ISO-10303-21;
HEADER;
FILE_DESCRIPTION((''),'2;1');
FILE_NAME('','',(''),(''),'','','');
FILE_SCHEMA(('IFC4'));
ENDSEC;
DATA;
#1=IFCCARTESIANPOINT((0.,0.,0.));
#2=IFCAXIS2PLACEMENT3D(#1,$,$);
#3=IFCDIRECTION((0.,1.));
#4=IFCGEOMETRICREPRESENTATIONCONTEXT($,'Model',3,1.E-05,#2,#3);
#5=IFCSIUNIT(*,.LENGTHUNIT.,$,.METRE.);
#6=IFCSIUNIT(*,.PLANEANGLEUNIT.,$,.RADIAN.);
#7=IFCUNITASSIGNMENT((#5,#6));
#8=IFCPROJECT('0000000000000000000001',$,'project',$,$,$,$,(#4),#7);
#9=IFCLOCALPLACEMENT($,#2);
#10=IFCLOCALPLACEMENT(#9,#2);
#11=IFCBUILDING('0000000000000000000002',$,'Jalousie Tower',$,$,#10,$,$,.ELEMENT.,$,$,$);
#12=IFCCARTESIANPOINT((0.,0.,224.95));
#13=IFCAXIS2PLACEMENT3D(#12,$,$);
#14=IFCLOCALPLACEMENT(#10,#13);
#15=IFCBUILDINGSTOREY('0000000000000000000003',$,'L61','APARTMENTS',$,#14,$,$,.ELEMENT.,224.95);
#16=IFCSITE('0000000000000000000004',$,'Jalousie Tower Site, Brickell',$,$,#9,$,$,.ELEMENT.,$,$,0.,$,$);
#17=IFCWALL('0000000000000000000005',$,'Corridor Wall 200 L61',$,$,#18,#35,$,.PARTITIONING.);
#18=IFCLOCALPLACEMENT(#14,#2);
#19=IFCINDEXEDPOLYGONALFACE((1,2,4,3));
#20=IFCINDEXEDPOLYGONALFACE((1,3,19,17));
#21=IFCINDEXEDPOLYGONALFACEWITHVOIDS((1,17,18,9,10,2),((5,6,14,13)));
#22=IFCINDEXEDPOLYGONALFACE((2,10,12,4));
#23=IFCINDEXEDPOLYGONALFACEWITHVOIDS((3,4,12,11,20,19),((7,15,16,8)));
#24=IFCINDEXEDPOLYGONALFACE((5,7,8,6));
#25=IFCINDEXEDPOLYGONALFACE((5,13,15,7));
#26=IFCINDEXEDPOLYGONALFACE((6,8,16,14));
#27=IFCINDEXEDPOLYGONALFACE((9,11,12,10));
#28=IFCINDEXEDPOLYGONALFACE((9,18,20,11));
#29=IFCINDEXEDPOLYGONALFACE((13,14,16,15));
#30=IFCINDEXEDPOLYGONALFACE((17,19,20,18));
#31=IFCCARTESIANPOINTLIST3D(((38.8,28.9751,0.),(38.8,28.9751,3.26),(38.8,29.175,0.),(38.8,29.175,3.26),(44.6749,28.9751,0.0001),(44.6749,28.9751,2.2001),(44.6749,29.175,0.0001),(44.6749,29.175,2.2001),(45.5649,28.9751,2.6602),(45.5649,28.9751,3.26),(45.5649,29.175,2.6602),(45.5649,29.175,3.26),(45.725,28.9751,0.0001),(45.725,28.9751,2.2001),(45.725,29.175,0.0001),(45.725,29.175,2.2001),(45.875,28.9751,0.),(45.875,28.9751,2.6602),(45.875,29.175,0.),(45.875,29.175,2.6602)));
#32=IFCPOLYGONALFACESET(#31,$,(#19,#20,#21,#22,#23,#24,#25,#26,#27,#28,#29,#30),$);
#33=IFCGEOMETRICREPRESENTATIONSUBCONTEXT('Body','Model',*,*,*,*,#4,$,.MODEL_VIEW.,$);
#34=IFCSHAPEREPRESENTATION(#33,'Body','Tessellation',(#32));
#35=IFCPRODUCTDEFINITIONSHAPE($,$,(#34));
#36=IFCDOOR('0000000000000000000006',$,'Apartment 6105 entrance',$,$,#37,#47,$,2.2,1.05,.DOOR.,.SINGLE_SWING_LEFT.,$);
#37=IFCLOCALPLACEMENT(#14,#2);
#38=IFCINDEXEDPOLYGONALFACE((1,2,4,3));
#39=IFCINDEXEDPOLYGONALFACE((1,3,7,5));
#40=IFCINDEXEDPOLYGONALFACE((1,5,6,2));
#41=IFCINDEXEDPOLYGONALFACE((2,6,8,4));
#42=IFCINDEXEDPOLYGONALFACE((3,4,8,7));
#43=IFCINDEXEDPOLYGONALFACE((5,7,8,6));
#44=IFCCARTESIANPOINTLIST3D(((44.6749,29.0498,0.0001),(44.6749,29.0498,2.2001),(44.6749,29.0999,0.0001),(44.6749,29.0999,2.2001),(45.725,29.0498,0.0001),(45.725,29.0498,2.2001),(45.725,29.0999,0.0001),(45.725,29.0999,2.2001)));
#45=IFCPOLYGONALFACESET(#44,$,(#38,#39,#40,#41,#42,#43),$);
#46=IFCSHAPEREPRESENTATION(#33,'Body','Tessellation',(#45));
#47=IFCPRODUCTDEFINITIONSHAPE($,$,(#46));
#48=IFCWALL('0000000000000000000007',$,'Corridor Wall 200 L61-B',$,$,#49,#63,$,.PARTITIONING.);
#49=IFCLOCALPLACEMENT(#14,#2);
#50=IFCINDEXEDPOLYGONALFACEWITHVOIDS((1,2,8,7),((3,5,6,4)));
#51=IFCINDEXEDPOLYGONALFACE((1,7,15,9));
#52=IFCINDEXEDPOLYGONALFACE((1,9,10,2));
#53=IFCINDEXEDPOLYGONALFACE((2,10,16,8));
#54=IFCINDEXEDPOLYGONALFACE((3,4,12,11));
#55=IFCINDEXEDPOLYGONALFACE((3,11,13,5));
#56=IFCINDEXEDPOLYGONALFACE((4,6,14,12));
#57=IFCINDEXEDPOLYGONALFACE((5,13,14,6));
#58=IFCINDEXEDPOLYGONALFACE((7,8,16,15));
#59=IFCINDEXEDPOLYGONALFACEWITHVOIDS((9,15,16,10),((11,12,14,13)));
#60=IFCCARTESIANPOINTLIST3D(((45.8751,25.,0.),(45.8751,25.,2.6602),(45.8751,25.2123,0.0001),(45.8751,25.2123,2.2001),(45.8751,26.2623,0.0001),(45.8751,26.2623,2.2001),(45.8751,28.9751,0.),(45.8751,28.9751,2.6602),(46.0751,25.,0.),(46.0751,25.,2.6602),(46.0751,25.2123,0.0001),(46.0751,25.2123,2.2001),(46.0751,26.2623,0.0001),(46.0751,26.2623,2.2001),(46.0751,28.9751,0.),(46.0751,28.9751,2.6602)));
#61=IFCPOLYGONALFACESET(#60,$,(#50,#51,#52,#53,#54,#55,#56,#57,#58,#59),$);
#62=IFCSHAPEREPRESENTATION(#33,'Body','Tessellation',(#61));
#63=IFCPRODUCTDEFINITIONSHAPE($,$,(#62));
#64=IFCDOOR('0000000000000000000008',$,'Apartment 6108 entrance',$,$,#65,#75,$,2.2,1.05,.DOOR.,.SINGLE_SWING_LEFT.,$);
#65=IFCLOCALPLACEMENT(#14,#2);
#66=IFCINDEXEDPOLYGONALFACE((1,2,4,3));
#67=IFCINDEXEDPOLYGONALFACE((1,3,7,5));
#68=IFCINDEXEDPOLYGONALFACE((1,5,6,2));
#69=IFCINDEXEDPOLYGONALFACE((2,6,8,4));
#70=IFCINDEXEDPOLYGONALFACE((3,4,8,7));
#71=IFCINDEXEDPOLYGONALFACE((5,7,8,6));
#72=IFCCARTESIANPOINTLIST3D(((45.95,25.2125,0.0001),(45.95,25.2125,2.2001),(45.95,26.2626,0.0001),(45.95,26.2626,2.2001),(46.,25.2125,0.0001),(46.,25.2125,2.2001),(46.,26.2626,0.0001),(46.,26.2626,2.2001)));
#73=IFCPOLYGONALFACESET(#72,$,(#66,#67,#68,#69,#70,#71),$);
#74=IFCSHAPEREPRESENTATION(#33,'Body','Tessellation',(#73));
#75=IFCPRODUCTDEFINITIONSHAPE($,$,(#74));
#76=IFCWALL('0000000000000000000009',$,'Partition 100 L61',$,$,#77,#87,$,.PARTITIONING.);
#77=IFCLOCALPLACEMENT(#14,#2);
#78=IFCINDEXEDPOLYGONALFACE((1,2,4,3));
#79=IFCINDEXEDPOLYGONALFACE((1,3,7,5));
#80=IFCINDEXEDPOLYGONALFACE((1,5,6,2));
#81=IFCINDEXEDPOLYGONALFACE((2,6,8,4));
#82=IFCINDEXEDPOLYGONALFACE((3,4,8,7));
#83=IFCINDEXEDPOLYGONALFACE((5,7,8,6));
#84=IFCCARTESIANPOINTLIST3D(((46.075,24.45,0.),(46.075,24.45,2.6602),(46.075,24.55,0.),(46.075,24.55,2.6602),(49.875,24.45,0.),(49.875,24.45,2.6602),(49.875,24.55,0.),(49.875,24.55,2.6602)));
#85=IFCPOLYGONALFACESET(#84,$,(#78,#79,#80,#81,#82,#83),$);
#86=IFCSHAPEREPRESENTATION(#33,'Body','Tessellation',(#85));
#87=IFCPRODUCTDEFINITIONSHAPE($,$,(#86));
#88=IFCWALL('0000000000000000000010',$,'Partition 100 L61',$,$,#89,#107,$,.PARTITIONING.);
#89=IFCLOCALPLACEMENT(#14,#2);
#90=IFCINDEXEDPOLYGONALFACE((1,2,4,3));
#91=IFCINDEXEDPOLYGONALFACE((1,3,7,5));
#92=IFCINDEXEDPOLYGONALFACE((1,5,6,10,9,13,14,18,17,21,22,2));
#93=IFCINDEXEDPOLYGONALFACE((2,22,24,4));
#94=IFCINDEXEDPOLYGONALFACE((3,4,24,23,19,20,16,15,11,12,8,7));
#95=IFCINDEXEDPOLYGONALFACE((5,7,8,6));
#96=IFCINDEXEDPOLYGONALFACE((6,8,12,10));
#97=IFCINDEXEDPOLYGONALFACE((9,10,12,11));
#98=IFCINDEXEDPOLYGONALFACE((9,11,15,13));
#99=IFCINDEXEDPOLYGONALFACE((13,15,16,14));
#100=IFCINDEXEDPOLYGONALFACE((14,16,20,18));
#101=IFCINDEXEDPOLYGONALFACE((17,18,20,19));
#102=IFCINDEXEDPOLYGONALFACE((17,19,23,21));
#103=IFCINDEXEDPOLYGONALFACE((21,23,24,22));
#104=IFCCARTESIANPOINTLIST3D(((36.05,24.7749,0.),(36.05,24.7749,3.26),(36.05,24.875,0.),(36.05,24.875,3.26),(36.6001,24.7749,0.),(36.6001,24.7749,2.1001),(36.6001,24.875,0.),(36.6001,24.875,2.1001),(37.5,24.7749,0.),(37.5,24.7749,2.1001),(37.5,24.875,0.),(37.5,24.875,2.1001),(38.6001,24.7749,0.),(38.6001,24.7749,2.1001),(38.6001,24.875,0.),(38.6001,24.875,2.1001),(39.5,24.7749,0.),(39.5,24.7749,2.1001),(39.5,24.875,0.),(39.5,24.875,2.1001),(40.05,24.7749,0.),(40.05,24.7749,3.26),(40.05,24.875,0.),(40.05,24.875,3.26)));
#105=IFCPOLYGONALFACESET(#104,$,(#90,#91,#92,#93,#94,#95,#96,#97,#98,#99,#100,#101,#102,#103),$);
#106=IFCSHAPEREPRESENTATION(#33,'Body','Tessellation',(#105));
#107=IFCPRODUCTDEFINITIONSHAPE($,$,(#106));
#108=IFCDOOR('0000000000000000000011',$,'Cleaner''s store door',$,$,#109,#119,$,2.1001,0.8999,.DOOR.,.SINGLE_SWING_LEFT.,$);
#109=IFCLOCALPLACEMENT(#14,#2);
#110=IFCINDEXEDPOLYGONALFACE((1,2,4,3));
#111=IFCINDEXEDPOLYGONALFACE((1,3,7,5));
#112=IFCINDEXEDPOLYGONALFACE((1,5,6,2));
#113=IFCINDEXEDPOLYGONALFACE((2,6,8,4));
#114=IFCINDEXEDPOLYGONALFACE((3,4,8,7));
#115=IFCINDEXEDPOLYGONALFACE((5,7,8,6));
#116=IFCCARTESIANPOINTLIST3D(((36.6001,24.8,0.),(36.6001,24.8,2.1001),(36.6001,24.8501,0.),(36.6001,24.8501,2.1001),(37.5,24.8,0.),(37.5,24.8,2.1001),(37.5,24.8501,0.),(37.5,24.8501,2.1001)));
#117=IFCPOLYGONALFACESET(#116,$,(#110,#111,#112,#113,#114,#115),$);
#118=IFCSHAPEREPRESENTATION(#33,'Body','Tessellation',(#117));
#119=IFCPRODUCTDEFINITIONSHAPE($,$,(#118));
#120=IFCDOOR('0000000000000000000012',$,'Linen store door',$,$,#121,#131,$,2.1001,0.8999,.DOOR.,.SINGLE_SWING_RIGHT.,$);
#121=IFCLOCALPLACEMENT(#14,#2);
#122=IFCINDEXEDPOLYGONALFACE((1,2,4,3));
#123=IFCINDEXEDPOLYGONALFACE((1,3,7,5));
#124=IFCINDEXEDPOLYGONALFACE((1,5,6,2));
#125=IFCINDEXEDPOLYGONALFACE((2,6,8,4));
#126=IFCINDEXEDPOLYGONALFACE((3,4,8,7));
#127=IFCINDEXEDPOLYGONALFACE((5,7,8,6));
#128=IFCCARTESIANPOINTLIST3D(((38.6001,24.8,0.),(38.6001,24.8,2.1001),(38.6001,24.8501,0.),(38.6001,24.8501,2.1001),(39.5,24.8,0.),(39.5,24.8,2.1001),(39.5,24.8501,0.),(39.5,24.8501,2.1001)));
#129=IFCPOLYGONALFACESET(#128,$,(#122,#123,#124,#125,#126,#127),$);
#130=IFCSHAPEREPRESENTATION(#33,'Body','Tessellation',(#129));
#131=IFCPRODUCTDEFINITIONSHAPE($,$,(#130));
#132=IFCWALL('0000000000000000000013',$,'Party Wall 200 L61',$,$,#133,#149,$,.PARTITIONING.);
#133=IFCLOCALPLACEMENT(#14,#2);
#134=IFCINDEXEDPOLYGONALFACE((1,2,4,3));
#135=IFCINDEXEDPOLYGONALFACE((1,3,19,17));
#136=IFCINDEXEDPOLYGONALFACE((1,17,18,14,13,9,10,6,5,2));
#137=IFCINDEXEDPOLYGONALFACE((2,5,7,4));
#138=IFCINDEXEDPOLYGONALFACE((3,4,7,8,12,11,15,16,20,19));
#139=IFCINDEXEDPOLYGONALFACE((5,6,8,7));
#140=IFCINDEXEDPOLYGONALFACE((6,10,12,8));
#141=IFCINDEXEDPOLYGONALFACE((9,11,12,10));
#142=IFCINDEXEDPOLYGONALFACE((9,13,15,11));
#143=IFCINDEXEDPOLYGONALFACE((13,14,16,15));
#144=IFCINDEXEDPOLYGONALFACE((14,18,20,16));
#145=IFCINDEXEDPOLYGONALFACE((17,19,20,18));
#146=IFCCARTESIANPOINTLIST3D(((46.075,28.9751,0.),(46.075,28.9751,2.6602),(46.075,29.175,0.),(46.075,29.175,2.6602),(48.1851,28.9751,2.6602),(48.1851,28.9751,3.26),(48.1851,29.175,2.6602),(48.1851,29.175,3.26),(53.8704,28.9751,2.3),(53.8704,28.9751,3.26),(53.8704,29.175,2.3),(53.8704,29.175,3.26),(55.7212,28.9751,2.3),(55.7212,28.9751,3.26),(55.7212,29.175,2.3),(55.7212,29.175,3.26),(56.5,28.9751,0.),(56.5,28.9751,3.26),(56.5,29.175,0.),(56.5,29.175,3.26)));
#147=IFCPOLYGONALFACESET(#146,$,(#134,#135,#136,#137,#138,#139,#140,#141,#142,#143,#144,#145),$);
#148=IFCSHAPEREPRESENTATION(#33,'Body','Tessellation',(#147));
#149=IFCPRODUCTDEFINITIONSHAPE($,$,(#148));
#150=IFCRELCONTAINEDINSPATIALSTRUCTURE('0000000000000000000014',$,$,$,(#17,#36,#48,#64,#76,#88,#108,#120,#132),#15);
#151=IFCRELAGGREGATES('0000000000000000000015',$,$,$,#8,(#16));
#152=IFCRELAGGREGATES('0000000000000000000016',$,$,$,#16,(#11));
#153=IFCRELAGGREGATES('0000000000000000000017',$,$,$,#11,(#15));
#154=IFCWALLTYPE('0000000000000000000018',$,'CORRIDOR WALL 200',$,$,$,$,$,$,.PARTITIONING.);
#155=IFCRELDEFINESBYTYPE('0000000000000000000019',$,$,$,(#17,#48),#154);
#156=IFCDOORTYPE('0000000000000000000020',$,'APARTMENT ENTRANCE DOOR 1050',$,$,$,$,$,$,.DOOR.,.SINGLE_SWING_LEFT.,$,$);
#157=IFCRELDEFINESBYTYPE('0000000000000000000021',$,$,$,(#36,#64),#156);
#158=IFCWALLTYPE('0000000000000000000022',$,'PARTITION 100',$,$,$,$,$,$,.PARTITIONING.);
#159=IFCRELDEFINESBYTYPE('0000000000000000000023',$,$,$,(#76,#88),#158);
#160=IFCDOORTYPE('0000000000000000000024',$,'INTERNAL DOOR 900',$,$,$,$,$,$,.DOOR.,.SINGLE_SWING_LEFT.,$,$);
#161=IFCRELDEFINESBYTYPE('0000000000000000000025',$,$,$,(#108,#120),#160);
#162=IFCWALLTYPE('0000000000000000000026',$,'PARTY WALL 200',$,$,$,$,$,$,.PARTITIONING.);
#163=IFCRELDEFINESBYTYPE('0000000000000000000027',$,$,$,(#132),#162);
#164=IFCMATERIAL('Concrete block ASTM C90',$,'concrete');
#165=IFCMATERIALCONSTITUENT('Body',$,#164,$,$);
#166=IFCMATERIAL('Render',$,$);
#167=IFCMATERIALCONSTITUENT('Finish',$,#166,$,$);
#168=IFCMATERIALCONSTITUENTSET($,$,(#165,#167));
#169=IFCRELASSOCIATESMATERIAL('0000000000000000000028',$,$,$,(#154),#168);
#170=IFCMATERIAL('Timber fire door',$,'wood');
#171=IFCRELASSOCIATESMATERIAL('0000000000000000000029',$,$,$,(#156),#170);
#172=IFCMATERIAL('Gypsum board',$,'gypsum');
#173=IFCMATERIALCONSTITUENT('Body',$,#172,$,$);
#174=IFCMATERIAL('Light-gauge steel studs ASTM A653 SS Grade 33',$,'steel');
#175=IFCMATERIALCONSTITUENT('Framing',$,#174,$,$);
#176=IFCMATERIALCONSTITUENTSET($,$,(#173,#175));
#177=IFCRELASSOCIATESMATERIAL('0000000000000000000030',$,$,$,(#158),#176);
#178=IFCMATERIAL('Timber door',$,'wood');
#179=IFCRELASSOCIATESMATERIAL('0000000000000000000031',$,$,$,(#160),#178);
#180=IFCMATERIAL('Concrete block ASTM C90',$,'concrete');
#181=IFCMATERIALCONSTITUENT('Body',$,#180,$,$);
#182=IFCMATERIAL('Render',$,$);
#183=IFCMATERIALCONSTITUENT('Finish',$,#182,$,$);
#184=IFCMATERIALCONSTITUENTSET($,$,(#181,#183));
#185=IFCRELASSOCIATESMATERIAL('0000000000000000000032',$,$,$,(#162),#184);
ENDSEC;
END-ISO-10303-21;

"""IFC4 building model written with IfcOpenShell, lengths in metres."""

from ifc_helpers import new_model, si_unit, direction, frame, frame_2d, origin, place, context, subcontext, project, spatial, polyline, rectangle, outline, extrude, material, constituent, constituent_set, type_object, element, fill, save


model = new_model("IFC4")

# Units and contexts
model_context = context("Model", 3, precision=1e-05, world=origin(), true_north=direction((0.0, 1.0)))
body_context = subcontext(model_context, "Body", "Model", "MODEL_VIEW")
ifc_project = project(units=[si_unit("LENGTHUNIT", "METRE"), si_unit("PLANEANGLEUNIT", "RADIAN")], contexts=[model_context])

# Site, building, storey
site_placement = place(None, origin())
site = spatial("IfcSite", under=ifc_project, at=site_placement, Name="Jalousie Tower Site, Brickell", CompositionType="ELEMENT", RefElevation=0.0)
building_placement = place(site_placement, origin())
building = spatial("IfcBuilding", under=site, at=building_placement, Name="Jalousie Tower", CompositionType="ELEMENT")
storey_placement = place(building_placement, frame((0.0, 0.0, 224.95)))
storey = spatial("IfcBuildingStorey", under=building, at=storey_placement, Name="L61", Description="APARTMENTS", CompositionType="ELEMENT", Elevation=224.95)

# Walls, openings, doors
ifc_material_1 = material(Name="Concrete block ASTM C90", Category="concrete")
ifc_constituent_1 = constituent(ifc_material_1, Name="Body")
ifc_material_2 = material(Name="Render")
ifc_constituent_2 = constituent(ifc_material_2, Name="Finish")
ifc_constituent_set_1 = constituent_set(constituents=[ifc_constituent_1, ifc_constituent_2])
wall_type_1 = type_object("IfcWallType", Name="CORRIDOR WALL 200", PredefinedType="PARTITIONING", material=ifc_constituent_set_1)
wall_1_placement = place(storey_placement, frame((38.8, 29.075, 0.0), z_axis=(0.0, 0.0, 1.0), x_axis=(1.0, 0.0, 0.0)))
wall_1 = element("IfcWall", 1, at=wall_1_placement, inside=storey, type_object=wall_type_1, Name="Corridor Wall 200 L61", PredefinedType="PARTITIONING", context=body_context, shape_type="SweptSolid", body=[
    extrude(outline(polyline([(0.0, 0.0), (7.075, 0.0), (7.075, 3.26), (7.075, 2.6602), (6.7649, 2.6602), (6.7649, 3.26), (0.0, 3.26), (0.0, 0.0)])), frame((0.0, 0.1001, 0.0), z_axis=(0.0, -1.0, 0.0), x_axis=(1.0, 0.0, 0.0)), (0.0, 0.0, 1.0), 0.2),
])
opening_1_placement = place(wall_1_placement, frame((5.875, 0.0, 0.0)))
opening_1 = element("IfcOpeningElement", 2, at=opening_1_placement, cuts=wall_1, PredefinedType="OPENING", context=body_context, shape_type="SweptSolid", body=[
    extrude(rectangle(XDim=1.05, YDim=2.2, at=frame_2d((0.5249, 1.1001))), frame((0.0, 0.1099, 0.0), z_axis=(0.0, -1.0, 0.0), x_axis=(1.0, 0.0, 0.0)), (0.0, 0.0, 1.0), 0.22),
])
ifc_material_3 = material(Name="Timber fire door", Category="wood")
door_type_1 = type_object("IfcDoorType", Name="APARTMENT ENTRANCE DOOR 1050", OperationType="SINGLE_SWING_LEFT", PredefinedType="DOOR", material=ifc_material_3)
door_1_placement = place(opening_1_placement, origin())
door_1 = element("IfcDoor", 3, at=door_1_placement, inside=storey, type_object=door_type_1, Name="Apartment 6105 entrance", OperationType="SINGLE_SWING_LEFT", OverallHeight=2.2, OverallWidth=1.05, PredefinedType="DOOR", context=body_context, shape_type="SweptSolid", body=[
    extrude(rectangle(XDim=1.05, YDim=2.2, at=frame_2d((0.5249, 1.1001))), frame((0.0, 0.0249, 0.0), z_axis=(0.0, -1.0, 0.0), x_axis=(1.0, 0.0, 0.0)), (0.0, 0.0, 1.0), 0.05),
])
fill(opening_1, door_1)
wall_2_placement = place(storey_placement, frame((45.9751, 25.0, 0.0), z_axis=(0.0, 0.0, 1.0), x_axis=(0.0, 1.0, 0.0)))
wall_2 = element("IfcWall", 4, at=wall_2_placement, inside=storey, type_object=wall_type_1, Name="Corridor Wall 200 L61-B", PredefinedType="PARTITIONING", context=body_context, shape_type="SweptSolid", body=[
    extrude(rectangle(XDim=3.9751, YDim=0.2, at=frame_2d((1.9875, 0.0))), origin(), (0.0, 0.0, 1.0), 2.6602),
])
opening_2_placement = place(wall_2_placement, frame((0.2124, 0.0, 0.0)))
opening_2 = element("IfcOpeningElement", 5, at=opening_2_placement, cuts=wall_2, PredefinedType="OPENING", context=body_context, shape_type="SweptSolid", body=[
    extrude(rectangle(XDim=1.05, YDim=2.2, at=frame_2d((0.5249, 1.1001))), frame((0.0, 0.1099, 0.0), z_axis=(0.0, -1.0, 0.0), x_axis=(1.0, 0.0, 0.0)), (0.0, 0.0, 1.0), 0.22),
])
door_2_placement = place(opening_2_placement, frame((1.05, 0.0, 0.0), z_axis=(0.0, 0.0, 1.0), x_axis=(-1.0, 0.0, 0.0)))
door_2 = element("IfcDoor", 6, at=door_2_placement, inside=storey, type_object=door_type_1, Name="Apartment 6108 entrance", OperationType="SINGLE_SWING_LEFT", OverallHeight=2.2, OverallWidth=1.05, PredefinedType="DOOR", context=body_context, shape_type="SweptSolid", body=[
    extrude(rectangle(XDim=1.05, YDim=2.2, at=frame_2d((0.5249, 1.1001))), frame((0.0, 0.0249, 0.0), z_axis=(0.0, -1.0, 0.0), x_axis=(1.0, 0.0, 0.0)), (0.0, 0.0, 1.0), 0.05),
])
fill(opening_2, door_2)

# Wall
ifc_material_4 = material(Name="Gypsum board", Category="gypsum")
ifc_constituent_3 = constituent(ifc_material_4, Name="Body")
ifc_material_5 = material(Name="Light-gauge steel studs ASTM A653 SS Grade 33", Category="steel")
ifc_constituent_4 = constituent(ifc_material_5, Name="Framing")
ifc_constituent_set_2 = constituent_set(constituents=[ifc_constituent_3, ifc_constituent_4])
wall_type_2 = type_object("IfcWallType", Name="PARTITION 100", PredefinedType="PARTITIONING", material=ifc_constituent_set_2)
wall_3_placement = place(storey_placement, frame((46.075, 24.5, 0.0), z_axis=(0.0, 0.0, 1.0), x_axis=(1.0, 0.0, 0.0)))
element("IfcWall", 7, at=wall_3_placement, inside=storey, type_object=wall_type_2, Name="Partition 100 L61", PredefinedType="PARTITIONING", context=body_context, shape_type="SweptSolid", body=[
    extrude(outline(polyline([(0.0, 0.0), (3.8, 0.0), (3.8, 3.26), (3.8, 2.6602), (0.0, 2.6602), (0.0, 3.26), (0.0, 0.0)])), frame((0.0, 0.05, 0.0), z_axis=(0.0, -1.0, 0.0), x_axis=(1.0, 0.0, 0.0)), (0.0, 0.0, 1.0), 0.1001),
])

# Wall, openings, doors
wall_4_placement = place(storey_placement, frame((36.05, 24.825, 0.0), z_axis=(0.0, 0.0, 1.0), x_axis=(1.0, 0.0, 0.0)))
wall_4 = element("IfcWall", 8, at=wall_4_placement, inside=storey, type_object=wall_type_2, Name="Partition 100 L61", PredefinedType="PARTITIONING", context=body_context, shape_type="SweptSolid", body=[
    extrude(rectangle(XDim=4.0, YDim=0.1001, at=frame_2d((2.0, 0.0))), origin(), (0.0, 0.0, 1.0), 3.26),
])
opening_3_placement = place(wall_4_placement, frame((0.55, 0.0, 0.0)))
opening_3 = element("IfcOpeningElement", 9, at=opening_3_placement, cuts=wall_4, PredefinedType="OPENING", context=body_context, shape_type="SweptSolid", body=[
    extrude(rectangle(XDim=0.8999, YDim=2.1001, at=frame_2d((0.45, 1.05))), frame((0.0, 0.0601, 0.0), z_axis=(0.0, -1.0, 0.0), x_axis=(1.0, 0.0, 0.0)), (0.0, 0.0, 1.0), 0.1201),
])
opening_4_placement = place(wall_4_placement, frame((2.55, 0.0, 0.0)))
opening_4 = element("IfcOpeningElement", 10, at=opening_4_placement, cuts=wall_4, PredefinedType="OPENING", context=body_context, shape_type="SweptSolid", body=[
    extrude(rectangle(XDim=0.8999, YDim=2.1001, at=frame_2d((0.45, 1.05))), frame((0.0, 0.0601, 0.0), z_axis=(0.0, -1.0, 0.0), x_axis=(1.0, 0.0, 0.0)), (0.0, 0.0, 1.0), 0.1201),
])
ifc_material_6 = material(Name="Timber door", Category="wood")
door_type_2 = type_object("IfcDoorType", Name="INTERNAL DOOR 900", OperationType="SINGLE_SWING_LEFT", PredefinedType="DOOR", material=ifc_material_6)
door_3_placement = place(opening_3_placement, frame((0.8999, 0.0, 0.0), z_axis=(0.0, 0.0, 1.0), x_axis=(-1.0, 0.0, 0.0)))
door_3 = element("IfcDoor", 11, at=door_3_placement, inside=storey, type_object=door_type_2, Name="Cleaner's store door", OperationType="SINGLE_SWING_LEFT", OverallHeight=2.1001, OverallWidth=0.8999, PredefinedType="DOOR", context=body_context, shape_type="SweptSolid", body=[
    extrude(rectangle(XDim=0.8999, YDim=2.1001, at=frame_2d((0.45, 1.05))), frame((0.0, 0.0249, 0.0), z_axis=(0.0, -1.0, 0.0), x_axis=(1.0, 0.0, 0.0)), (0.0, 0.0, 1.0), 0.05),
])
fill(opening_3, door_3)
door_4_placement = place(opening_4_placement, frame((0.8999, 0.0, 0.0), z_axis=(0.0, 0.0, 1.0), x_axis=(-1.0, 0.0, 0.0)))
door_4 = element("IfcDoor", 12, at=door_4_placement, inside=storey, type_object=door_type_2, Name="Linen store door", OperationType="SINGLE_SWING_RIGHT", OverallHeight=2.1001, OverallWidth=0.8999, PredefinedType="DOOR", context=body_context, shape_type="SweptSolid", body=[
    extrude(rectangle(XDim=0.8999, YDim=2.1001, at=frame_2d((0.45, 1.05))), frame((0.0, 0.0249, 0.0), z_axis=(0.0, -1.0, 0.0), x_axis=(1.0, 0.0, 0.0)), (0.0, 0.0, 1.0), 0.05),
])
fill(opening_4, door_4)

# Wall
ifc_material_7 = material(Name="Concrete block ASTM C90", Category="concrete")
ifc_constituent_5 = constituent(ifc_material_7, Name="Body")
ifc_material_8 = material(Name="Render")
ifc_constituent_6 = constituent(ifc_material_8, Name="Finish")
ifc_constituent_set_3 = constituent_set(constituents=[ifc_constituent_5, ifc_constituent_6])
wall_type_3 = type_object("IfcWallType", Name="PARTY WALL 200", PredefinedType="PARTITIONING", material=ifc_constituent_set_3)
wall_5_placement = place(storey_placement, frame((46.075, 29.075, 0.0), z_axis=(0.0, 0.0, 1.0), x_axis=(1.0, 0.0, 0.0)))
element("IfcWall", 13, at=wall_5_placement, inside=storey, type_object=wall_type_3, Name="Party Wall 200 L61", PredefinedType="PARTITIONING", context=body_context, shape_type="SweptSolid", body=[
    extrude(outline(polyline([(0.0, 0.0), (10.425, 0.0), (10.425, 3.26), (9.6462, 3.26), (9.6462, 2.3), (7.7954, 2.3), (7.7954, 3.26), (2.1101, 3.26), (2.1101, 2.6602), (0.0, 2.6602), (0.0, 3.26), (0.0, 0.0)])), frame((0.0, 0.1001, 0.0), z_axis=(0.0, -1.0, 0.0), x_axis=(1.0, 0.0, 0.0)), (0.0, 0.0, 1.0), 0.2),
])

save(model, "model.ifc")
